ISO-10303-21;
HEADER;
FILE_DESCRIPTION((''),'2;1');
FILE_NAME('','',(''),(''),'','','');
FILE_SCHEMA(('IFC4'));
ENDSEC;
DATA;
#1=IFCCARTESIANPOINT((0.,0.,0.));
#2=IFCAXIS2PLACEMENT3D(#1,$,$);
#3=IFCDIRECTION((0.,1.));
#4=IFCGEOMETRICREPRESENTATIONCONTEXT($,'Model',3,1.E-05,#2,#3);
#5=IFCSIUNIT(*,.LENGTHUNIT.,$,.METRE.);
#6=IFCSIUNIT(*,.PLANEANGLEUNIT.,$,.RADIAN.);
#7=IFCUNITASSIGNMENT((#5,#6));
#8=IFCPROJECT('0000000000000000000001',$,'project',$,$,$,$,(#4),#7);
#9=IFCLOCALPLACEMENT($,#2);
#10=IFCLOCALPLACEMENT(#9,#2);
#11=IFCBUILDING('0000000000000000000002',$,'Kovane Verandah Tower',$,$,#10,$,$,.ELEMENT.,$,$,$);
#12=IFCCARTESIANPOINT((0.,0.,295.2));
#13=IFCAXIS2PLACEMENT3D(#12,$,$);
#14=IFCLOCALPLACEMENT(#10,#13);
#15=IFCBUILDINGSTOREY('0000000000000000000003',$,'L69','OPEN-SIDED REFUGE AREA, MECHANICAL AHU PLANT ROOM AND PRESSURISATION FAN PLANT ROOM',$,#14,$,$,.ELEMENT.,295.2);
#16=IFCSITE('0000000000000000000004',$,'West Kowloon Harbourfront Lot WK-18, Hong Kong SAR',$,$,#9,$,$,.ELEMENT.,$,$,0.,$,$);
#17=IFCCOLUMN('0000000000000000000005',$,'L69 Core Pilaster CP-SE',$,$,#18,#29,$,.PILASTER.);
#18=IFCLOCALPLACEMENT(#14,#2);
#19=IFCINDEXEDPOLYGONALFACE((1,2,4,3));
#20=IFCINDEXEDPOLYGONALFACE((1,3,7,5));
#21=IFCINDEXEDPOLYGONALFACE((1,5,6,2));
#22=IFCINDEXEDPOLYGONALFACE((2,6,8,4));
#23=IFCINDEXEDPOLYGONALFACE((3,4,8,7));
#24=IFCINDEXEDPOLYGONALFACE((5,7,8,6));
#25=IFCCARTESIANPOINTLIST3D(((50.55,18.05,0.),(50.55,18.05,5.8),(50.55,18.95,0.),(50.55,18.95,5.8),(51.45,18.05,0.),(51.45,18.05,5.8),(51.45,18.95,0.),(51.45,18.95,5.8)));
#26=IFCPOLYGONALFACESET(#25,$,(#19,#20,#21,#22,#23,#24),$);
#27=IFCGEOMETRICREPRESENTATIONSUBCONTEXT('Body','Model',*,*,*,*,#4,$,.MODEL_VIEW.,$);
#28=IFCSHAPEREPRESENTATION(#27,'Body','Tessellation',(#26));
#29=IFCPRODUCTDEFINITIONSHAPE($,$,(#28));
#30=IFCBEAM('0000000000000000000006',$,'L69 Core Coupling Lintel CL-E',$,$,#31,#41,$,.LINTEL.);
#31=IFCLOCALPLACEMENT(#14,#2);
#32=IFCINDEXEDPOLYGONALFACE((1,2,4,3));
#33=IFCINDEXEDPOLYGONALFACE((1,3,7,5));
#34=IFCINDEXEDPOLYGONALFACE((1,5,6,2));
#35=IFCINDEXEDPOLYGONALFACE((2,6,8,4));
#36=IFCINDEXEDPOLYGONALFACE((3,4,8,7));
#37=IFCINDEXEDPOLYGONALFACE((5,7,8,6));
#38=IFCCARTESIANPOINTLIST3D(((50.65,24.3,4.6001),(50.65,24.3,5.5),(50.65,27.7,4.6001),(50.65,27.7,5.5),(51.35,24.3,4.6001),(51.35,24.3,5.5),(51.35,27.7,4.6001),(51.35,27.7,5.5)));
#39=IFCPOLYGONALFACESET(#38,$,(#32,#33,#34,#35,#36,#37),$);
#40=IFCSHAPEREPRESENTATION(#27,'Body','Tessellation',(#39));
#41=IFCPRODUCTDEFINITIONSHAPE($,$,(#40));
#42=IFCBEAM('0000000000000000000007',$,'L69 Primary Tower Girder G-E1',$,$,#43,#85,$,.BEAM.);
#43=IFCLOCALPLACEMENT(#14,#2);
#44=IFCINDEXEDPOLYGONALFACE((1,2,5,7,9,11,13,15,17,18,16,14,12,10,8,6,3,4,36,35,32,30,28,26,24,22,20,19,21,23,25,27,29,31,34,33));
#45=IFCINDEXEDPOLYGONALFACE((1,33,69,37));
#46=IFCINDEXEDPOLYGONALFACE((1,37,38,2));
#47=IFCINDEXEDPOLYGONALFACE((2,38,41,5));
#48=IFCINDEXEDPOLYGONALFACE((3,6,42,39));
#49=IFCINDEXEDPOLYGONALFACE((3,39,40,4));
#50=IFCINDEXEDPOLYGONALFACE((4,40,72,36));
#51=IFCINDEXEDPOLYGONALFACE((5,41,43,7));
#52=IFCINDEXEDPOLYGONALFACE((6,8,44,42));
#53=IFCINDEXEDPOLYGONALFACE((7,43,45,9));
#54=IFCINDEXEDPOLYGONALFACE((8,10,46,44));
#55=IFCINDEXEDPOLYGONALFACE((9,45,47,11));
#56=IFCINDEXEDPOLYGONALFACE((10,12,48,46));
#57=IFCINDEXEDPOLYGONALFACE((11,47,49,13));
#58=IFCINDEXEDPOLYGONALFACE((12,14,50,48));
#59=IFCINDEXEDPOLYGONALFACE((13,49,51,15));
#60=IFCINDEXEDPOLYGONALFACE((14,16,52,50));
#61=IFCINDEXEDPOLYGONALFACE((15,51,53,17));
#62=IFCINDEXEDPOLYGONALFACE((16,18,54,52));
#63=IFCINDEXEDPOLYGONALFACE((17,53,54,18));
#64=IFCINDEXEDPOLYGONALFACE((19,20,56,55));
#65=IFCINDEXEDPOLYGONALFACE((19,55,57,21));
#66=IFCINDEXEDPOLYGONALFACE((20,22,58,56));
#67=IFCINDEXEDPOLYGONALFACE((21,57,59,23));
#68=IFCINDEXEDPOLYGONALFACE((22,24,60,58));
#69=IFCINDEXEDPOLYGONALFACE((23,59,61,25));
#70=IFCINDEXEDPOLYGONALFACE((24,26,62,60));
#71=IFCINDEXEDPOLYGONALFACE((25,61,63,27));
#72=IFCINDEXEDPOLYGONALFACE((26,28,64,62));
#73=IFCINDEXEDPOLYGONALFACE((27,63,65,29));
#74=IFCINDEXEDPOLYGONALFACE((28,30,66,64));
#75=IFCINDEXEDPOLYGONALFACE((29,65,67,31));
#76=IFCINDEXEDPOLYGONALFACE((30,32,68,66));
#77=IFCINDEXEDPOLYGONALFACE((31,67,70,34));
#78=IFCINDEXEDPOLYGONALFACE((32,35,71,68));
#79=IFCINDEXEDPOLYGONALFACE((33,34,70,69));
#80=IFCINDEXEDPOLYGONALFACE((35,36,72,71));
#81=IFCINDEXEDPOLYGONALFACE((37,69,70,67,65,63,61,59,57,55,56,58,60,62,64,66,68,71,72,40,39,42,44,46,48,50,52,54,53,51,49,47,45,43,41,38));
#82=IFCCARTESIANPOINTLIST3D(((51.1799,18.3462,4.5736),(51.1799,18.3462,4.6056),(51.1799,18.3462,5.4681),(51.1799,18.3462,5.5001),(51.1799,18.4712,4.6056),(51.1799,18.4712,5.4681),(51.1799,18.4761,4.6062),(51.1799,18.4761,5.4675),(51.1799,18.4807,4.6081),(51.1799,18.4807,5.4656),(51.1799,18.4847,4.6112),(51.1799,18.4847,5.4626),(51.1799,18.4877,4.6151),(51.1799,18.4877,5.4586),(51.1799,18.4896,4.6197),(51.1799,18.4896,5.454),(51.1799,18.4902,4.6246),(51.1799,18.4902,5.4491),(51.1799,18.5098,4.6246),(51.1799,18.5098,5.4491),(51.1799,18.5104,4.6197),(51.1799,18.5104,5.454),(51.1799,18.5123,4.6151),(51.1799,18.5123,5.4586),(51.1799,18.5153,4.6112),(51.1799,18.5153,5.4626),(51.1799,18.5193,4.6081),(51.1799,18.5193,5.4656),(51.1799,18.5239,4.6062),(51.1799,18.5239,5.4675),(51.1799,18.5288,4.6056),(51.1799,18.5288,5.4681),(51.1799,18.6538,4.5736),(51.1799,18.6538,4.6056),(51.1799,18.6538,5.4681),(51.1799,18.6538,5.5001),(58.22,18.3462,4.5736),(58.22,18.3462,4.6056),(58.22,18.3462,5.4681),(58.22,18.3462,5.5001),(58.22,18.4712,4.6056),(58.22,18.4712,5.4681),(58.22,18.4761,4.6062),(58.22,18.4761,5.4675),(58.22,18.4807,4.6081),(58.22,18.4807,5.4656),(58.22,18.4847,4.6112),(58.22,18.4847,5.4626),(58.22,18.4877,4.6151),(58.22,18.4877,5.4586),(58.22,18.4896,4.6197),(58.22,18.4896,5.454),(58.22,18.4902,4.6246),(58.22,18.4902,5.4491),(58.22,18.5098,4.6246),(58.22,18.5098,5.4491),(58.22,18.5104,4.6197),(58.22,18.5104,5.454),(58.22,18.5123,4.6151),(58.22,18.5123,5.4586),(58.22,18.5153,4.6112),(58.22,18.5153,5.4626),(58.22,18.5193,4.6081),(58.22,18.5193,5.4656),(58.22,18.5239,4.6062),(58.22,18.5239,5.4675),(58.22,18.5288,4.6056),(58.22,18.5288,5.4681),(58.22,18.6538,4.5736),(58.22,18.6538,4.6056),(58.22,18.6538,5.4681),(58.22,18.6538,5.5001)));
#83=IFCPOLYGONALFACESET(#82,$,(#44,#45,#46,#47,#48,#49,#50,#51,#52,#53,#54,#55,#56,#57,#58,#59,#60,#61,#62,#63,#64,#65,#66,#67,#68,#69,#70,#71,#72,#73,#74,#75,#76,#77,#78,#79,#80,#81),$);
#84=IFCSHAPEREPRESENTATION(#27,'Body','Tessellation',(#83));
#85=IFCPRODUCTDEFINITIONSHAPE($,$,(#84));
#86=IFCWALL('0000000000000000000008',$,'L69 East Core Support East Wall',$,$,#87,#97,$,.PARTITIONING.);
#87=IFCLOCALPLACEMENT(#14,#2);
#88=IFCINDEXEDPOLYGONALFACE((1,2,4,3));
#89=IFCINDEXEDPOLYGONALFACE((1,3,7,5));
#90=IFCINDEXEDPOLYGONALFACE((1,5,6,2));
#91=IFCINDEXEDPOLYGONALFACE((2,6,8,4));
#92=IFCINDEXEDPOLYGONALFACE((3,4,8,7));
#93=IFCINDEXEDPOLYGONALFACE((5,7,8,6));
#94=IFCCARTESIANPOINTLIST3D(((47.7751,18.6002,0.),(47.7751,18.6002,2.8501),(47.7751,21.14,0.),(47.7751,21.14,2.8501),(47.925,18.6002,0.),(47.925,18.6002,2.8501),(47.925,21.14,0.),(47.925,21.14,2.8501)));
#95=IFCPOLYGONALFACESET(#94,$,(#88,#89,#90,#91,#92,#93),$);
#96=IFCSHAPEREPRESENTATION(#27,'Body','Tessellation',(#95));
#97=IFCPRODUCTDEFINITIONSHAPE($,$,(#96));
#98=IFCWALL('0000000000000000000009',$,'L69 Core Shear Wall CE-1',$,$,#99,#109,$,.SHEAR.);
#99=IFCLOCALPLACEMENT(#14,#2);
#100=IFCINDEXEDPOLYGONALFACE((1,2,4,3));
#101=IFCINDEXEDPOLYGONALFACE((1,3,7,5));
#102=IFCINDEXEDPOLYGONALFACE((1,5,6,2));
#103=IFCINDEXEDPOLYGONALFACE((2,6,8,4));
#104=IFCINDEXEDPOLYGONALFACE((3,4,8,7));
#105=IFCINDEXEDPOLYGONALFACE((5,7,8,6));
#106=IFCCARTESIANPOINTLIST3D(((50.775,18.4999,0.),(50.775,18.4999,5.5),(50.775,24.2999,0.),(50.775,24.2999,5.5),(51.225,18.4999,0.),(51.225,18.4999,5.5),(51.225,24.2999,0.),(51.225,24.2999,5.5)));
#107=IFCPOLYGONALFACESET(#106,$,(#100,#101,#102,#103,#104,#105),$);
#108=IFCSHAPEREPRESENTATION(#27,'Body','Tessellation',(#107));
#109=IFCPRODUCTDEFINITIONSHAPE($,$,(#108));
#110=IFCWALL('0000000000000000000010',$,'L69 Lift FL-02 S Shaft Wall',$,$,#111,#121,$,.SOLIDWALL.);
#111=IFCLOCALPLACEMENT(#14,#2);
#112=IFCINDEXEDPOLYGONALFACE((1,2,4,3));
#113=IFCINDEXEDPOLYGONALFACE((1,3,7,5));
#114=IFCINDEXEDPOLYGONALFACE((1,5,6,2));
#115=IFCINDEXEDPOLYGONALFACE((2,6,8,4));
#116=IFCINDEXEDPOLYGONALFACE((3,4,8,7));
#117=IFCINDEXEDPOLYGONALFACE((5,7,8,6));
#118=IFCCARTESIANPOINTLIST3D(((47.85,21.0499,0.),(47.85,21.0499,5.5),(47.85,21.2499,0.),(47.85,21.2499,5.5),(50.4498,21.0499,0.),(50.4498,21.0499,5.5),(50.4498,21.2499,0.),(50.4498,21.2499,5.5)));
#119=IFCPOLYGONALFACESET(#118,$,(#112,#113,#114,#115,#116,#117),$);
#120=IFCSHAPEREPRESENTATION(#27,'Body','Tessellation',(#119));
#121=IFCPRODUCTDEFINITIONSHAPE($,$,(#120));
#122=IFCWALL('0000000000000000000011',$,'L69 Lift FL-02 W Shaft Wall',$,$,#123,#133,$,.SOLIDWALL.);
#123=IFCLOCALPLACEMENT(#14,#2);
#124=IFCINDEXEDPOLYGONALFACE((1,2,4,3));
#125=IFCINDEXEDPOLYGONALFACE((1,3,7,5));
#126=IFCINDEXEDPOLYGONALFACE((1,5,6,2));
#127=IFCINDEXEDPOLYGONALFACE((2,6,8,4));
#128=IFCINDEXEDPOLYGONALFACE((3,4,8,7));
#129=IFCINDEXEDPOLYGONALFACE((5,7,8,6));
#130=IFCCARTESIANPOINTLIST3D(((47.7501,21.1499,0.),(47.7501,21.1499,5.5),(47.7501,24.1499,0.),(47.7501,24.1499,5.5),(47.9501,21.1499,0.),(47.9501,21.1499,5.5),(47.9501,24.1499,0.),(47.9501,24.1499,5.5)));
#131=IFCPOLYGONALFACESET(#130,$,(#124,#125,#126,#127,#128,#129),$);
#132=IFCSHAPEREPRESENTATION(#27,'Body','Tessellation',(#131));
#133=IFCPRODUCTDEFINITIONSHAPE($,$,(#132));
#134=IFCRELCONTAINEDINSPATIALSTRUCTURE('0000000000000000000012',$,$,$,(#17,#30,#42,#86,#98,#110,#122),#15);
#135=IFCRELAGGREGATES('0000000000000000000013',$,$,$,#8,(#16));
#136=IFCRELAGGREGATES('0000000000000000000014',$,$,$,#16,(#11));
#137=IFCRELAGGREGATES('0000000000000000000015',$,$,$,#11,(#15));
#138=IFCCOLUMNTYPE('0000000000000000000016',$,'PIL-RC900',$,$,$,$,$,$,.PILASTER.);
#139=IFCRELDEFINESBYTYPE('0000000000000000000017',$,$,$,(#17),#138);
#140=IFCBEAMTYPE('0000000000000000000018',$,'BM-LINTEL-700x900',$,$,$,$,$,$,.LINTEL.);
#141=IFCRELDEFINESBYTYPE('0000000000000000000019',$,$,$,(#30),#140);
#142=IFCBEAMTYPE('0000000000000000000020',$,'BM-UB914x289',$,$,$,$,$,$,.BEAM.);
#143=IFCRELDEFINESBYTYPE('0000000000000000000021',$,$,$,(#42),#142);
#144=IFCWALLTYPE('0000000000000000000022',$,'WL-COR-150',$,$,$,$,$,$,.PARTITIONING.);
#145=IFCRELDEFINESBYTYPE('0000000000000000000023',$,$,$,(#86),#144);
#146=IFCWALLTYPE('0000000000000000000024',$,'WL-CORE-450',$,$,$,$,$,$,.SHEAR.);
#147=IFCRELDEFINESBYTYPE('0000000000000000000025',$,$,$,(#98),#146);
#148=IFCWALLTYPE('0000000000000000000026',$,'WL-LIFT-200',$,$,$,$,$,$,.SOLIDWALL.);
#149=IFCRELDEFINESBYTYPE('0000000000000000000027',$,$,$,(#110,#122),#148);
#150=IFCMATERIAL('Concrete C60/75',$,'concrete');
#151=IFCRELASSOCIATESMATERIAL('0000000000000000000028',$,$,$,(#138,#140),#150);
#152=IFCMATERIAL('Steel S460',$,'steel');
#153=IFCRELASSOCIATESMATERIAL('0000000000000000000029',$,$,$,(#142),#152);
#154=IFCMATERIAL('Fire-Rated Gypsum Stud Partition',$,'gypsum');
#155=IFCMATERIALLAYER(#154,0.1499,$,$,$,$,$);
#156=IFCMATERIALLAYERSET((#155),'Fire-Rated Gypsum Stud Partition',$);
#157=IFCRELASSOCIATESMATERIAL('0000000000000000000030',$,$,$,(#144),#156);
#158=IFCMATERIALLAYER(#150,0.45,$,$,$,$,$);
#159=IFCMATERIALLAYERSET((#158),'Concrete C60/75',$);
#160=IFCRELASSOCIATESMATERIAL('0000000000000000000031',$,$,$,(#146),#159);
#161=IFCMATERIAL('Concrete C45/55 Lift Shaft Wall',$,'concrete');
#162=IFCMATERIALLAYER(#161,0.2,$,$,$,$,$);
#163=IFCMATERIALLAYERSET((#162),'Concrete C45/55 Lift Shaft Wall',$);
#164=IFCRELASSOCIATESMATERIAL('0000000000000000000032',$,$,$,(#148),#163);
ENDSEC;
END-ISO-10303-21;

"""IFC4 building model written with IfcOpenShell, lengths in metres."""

from ifc_helpers import new_model, si_unit, direction, frame, frame_2d, origin, origin_2d, place, context, subcontext, project, spatial, rectangle, i_section, extrude, material, layer, layer_set, material_profile, profile_set, type_object, element, save


model = new_model("IFC4")

# Units and contexts
model_context = context("Model", 3, precision=1e-05, world=origin(), true_north=direction((0.0, 1.0)))
body_context = subcontext(model_context, "Body", "Model", "MODEL_VIEW")
ifc_project = project(units=[si_unit("LENGTHUNIT", "METRE"), si_unit("PLANEANGLEUNIT", "RADIAN")], contexts=[model_context])

# Site, building, storey
site_placement = place(None, origin())
site = spatial("IfcSite", under=ifc_project, at=site_placement, Name="West Kowloon Harbourfront Lot WK-18, Hong Kong SAR", CompositionType="ELEMENT", RefElevation=0.0)
building_placement = place(site_placement, origin())
building = spatial("IfcBuilding", under=site, at=building_placement, Name="Kovane Verandah Tower", CompositionType="ELEMENT")
storey_placement = place(building_placement, frame((0.0, 0.0, 295.2)))
storey = spatial("IfcBuildingStorey", under=building, at=storey_placement, Name="L69", Description="OPEN-SIDED REFUGE AREA, MECHANICAL AHU PLANT ROOM AND PRESSURISATION FAN PLANT ROOM", CompositionType="ELEMENT", Elevation=295.2)

# Column
ifc_material_1 = material(Name="Concrete C60/75", Category="concrete")
ifc_material_profile_1 = material_profile(ifc_material_1, rectangle(XDim=0.8999, YDim=0.8999, at=origin_2d()), Name="RC900x900")
ifc_profile_set_1 = profile_set([ifc_material_profile_1], Name="Concrete C60/75")
column_type = type_object("IfcColumnType", Name="PIL-RC900", PredefinedType="PILASTER", material=ifc_profile_set_1)
column_placement = place(storey_placement, frame((51.0, 18.5, 0.0), z_axis=(0.0, 0.0, 1.0), x_axis=(1.0, 0.0, 0.0)))
element("IfcColumn", 1, at=column_placement, inside=storey, type_object=column_type, Name="L69 Core Pilaster CP-SE", PredefinedType="PILASTER", context=body_context, shape_type="SweptSolid", body=[
    extrude(rectangle(XDim=0.8999, YDim=0.8999, at=origin_2d()), origin(), (0.0, 0.0, 1.0), 5.8),
])

# Beams
ifc_material_profile_2 = material_profile(ifc_material_1, rectangle(XDim=0.7, YDim=0.8999, at=origin_2d()), Name="RCB700x900")
ifc_profile_set_2 = profile_set([ifc_material_profile_2], Name="Concrete C60/75")
beam_type_1 = type_object("IfcBeamType", Name="BM-LINTEL-700x900", PredefinedType="LINTEL", material=ifc_profile_set_2)
beam_1_placement = place(storey_placement, frame((51.0, 24.3, 5.05), z_axis=(0.0, 1.0, 0.0), x_axis=(-1.0, 0.0, 0.0)))
element("IfcBeam", 2, at=beam_1_placement, inside=storey, type_object=beam_type_1, Name="L69 Core Coupling Lintel CL-E", PredefinedType="LINTEL", context=body_context, shape_type="SweptSolid", body=[
    extrude(rectangle(XDim=0.7, YDim=0.8999, at=origin_2d()), origin(), (0.0, 0.0, 1.0), 3.3999),
])
ifc_material_2 = material(Name="Steel S460", Category="steel")
ifc_material_profile_3 = material_profile(ifc_material_2, i_section(OverallWidth=0.3076, OverallDepth=0.9265, WebThickness=0.0195, FlangeThickness=0.032, FilletRadius=0.019, at=origin_2d()), Name="UB914x305x289")
ifc_profile_set_3 = profile_set([ifc_material_profile_3], Name="Steel S460")
beam_type_2 = type_object("IfcBeamType", Name="BM-UB914x289", PredefinedType="BEAM", material=ifc_profile_set_3)
beam_2_placement = place(storey_placement, frame((51.1799, 18.5, 5.0369), z_axis=(1.0, 0.0, 0.0), x_axis=(0.0, 1.0, 0.0)))
element("IfcBeam", 3, at=beam_2_placement, inside=storey, type_object=beam_type_2, Name="L69 Primary Tower Girder G-E1", PredefinedType="BEAM", context=body_context, shape_type="SweptSolid", body=[
    extrude(i_section(OverallWidth=0.3076, OverallDepth=0.9265, WebThickness=0.0195, FlangeThickness=0.032, FilletRadius=0.019, at=origin_2d()), origin(), (0.0, 0.0, 1.0), 7.04),
])

# Wall
ifc_material_3 = material(Name="Fire-Rated Gypsum Stud Partition", Category="gypsum")
ifc_layer_1 = layer(ifc_material_3, 0.1499)
ifc_layer_set_1 = layer_set([ifc_layer_1], Name="Fire-Rated Gypsum Stud Partition")
wall_type_1 = type_object("IfcWallType", Name="WL-COR-150", PredefinedType="PARTITIONING", material=ifc_layer_set_1)
wall_1_placement = place(storey_placement, frame((47.8501, 18.6001, 0.0), z_axis=(0.0, 0.0, 1.0), x_axis=(0.0, 1.0, 0.0)))
element("IfcWall", 4, at=wall_1_placement, inside=storey, type_object=wall_type_1, Name="L69 East Core Support East Wall", PredefinedType="PARTITIONING", context=body_context, shape_type="SweptSolid", body=[
    extrude(rectangle(XDim=2.5398, YDim=0.1499, at=frame_2d((1.27, 0.0))), origin(), (0.0, 0.0, 1.0), 2.8501),
])

# Wall
ifc_layer_2 = layer(ifc_material_1, 0.45)
ifc_layer_set_2 = layer_set([ifc_layer_2], Name="Concrete C60/75")
wall_type_2 = type_object("IfcWallType", Name="WL-CORE-450", PredefinedType="SHEAR", material=ifc_layer_set_2)
wall_2_placement = place(storey_placement, frame((51.0, 18.5, 0.0), z_axis=(0.0, 0.0, 1.0), x_axis=(0.0, 1.0, 0.0)))
element("IfcWall", 5, at=wall_2_placement, inside=storey, type_object=wall_type_2, Name="L69 Core Shear Wall CE-1", PredefinedType="SHEAR", context=body_context, shape_type="SweptSolid", body=[
    extrude(rectangle(XDim=5.8, YDim=0.45, at=frame_2d((2.8999, 0.0))), origin(), (0.0, 0.0, 1.0), 5.5),
])

# Wall
ifc_material_4 = material(Name="Concrete C45/55 Lift Shaft Wall", Category="concrete")
ifc_layer_3 = layer(ifc_material_4, 0.2)
ifc_layer_set_3 = layer_set([ifc_layer_3], Name="Concrete C45/55 Lift Shaft Wall")
wall_type_3 = type_object("IfcWallType", Name="WL-LIFT-200", PredefinedType="SOLIDWALL", material=ifc_layer_set_3)
wall_3_placement = place(storey_placement, frame((47.8501, 21.1499, 0.0), z_axis=(0.0, 0.0, 1.0), x_axis=(1.0, 0.0, 0.0)))
element("IfcWall", 6, at=wall_3_placement, inside=storey, type_object=wall_type_3, Name="L69 Lift FL-02 S Shaft Wall", PredefinedType="SOLIDWALL", context=body_context, shape_type="SweptSolid", body=[
    extrude(rectangle(XDim=2.5999, YDim=0.2, at=frame_2d((1.2998, 0.0))), origin(), (0.0, 0.0, 1.0), 5.5),
])

# Wall
wall_4_placement = place(storey_placement, frame((47.8501, 24.1499, 0.0), z_axis=(0.0, 0.0, 1.0), x_axis=(0.0, -1.0, 0.0)))
element("IfcWall", 7, at=wall_4_placement, inside=storey, type_object=wall_type_3, Name="L69 Lift FL-02 W Shaft Wall", PredefinedType="SOLIDWALL", context=body_context, shape_type="SweptSolid", body=[
    extrude(rectangle(XDim=3.0, YDim=0.2, at=frame_2d((1.5, 0.0))), origin(), (0.0, 0.0, 1.0), 5.5),
])

save(model, "model.ifc")
